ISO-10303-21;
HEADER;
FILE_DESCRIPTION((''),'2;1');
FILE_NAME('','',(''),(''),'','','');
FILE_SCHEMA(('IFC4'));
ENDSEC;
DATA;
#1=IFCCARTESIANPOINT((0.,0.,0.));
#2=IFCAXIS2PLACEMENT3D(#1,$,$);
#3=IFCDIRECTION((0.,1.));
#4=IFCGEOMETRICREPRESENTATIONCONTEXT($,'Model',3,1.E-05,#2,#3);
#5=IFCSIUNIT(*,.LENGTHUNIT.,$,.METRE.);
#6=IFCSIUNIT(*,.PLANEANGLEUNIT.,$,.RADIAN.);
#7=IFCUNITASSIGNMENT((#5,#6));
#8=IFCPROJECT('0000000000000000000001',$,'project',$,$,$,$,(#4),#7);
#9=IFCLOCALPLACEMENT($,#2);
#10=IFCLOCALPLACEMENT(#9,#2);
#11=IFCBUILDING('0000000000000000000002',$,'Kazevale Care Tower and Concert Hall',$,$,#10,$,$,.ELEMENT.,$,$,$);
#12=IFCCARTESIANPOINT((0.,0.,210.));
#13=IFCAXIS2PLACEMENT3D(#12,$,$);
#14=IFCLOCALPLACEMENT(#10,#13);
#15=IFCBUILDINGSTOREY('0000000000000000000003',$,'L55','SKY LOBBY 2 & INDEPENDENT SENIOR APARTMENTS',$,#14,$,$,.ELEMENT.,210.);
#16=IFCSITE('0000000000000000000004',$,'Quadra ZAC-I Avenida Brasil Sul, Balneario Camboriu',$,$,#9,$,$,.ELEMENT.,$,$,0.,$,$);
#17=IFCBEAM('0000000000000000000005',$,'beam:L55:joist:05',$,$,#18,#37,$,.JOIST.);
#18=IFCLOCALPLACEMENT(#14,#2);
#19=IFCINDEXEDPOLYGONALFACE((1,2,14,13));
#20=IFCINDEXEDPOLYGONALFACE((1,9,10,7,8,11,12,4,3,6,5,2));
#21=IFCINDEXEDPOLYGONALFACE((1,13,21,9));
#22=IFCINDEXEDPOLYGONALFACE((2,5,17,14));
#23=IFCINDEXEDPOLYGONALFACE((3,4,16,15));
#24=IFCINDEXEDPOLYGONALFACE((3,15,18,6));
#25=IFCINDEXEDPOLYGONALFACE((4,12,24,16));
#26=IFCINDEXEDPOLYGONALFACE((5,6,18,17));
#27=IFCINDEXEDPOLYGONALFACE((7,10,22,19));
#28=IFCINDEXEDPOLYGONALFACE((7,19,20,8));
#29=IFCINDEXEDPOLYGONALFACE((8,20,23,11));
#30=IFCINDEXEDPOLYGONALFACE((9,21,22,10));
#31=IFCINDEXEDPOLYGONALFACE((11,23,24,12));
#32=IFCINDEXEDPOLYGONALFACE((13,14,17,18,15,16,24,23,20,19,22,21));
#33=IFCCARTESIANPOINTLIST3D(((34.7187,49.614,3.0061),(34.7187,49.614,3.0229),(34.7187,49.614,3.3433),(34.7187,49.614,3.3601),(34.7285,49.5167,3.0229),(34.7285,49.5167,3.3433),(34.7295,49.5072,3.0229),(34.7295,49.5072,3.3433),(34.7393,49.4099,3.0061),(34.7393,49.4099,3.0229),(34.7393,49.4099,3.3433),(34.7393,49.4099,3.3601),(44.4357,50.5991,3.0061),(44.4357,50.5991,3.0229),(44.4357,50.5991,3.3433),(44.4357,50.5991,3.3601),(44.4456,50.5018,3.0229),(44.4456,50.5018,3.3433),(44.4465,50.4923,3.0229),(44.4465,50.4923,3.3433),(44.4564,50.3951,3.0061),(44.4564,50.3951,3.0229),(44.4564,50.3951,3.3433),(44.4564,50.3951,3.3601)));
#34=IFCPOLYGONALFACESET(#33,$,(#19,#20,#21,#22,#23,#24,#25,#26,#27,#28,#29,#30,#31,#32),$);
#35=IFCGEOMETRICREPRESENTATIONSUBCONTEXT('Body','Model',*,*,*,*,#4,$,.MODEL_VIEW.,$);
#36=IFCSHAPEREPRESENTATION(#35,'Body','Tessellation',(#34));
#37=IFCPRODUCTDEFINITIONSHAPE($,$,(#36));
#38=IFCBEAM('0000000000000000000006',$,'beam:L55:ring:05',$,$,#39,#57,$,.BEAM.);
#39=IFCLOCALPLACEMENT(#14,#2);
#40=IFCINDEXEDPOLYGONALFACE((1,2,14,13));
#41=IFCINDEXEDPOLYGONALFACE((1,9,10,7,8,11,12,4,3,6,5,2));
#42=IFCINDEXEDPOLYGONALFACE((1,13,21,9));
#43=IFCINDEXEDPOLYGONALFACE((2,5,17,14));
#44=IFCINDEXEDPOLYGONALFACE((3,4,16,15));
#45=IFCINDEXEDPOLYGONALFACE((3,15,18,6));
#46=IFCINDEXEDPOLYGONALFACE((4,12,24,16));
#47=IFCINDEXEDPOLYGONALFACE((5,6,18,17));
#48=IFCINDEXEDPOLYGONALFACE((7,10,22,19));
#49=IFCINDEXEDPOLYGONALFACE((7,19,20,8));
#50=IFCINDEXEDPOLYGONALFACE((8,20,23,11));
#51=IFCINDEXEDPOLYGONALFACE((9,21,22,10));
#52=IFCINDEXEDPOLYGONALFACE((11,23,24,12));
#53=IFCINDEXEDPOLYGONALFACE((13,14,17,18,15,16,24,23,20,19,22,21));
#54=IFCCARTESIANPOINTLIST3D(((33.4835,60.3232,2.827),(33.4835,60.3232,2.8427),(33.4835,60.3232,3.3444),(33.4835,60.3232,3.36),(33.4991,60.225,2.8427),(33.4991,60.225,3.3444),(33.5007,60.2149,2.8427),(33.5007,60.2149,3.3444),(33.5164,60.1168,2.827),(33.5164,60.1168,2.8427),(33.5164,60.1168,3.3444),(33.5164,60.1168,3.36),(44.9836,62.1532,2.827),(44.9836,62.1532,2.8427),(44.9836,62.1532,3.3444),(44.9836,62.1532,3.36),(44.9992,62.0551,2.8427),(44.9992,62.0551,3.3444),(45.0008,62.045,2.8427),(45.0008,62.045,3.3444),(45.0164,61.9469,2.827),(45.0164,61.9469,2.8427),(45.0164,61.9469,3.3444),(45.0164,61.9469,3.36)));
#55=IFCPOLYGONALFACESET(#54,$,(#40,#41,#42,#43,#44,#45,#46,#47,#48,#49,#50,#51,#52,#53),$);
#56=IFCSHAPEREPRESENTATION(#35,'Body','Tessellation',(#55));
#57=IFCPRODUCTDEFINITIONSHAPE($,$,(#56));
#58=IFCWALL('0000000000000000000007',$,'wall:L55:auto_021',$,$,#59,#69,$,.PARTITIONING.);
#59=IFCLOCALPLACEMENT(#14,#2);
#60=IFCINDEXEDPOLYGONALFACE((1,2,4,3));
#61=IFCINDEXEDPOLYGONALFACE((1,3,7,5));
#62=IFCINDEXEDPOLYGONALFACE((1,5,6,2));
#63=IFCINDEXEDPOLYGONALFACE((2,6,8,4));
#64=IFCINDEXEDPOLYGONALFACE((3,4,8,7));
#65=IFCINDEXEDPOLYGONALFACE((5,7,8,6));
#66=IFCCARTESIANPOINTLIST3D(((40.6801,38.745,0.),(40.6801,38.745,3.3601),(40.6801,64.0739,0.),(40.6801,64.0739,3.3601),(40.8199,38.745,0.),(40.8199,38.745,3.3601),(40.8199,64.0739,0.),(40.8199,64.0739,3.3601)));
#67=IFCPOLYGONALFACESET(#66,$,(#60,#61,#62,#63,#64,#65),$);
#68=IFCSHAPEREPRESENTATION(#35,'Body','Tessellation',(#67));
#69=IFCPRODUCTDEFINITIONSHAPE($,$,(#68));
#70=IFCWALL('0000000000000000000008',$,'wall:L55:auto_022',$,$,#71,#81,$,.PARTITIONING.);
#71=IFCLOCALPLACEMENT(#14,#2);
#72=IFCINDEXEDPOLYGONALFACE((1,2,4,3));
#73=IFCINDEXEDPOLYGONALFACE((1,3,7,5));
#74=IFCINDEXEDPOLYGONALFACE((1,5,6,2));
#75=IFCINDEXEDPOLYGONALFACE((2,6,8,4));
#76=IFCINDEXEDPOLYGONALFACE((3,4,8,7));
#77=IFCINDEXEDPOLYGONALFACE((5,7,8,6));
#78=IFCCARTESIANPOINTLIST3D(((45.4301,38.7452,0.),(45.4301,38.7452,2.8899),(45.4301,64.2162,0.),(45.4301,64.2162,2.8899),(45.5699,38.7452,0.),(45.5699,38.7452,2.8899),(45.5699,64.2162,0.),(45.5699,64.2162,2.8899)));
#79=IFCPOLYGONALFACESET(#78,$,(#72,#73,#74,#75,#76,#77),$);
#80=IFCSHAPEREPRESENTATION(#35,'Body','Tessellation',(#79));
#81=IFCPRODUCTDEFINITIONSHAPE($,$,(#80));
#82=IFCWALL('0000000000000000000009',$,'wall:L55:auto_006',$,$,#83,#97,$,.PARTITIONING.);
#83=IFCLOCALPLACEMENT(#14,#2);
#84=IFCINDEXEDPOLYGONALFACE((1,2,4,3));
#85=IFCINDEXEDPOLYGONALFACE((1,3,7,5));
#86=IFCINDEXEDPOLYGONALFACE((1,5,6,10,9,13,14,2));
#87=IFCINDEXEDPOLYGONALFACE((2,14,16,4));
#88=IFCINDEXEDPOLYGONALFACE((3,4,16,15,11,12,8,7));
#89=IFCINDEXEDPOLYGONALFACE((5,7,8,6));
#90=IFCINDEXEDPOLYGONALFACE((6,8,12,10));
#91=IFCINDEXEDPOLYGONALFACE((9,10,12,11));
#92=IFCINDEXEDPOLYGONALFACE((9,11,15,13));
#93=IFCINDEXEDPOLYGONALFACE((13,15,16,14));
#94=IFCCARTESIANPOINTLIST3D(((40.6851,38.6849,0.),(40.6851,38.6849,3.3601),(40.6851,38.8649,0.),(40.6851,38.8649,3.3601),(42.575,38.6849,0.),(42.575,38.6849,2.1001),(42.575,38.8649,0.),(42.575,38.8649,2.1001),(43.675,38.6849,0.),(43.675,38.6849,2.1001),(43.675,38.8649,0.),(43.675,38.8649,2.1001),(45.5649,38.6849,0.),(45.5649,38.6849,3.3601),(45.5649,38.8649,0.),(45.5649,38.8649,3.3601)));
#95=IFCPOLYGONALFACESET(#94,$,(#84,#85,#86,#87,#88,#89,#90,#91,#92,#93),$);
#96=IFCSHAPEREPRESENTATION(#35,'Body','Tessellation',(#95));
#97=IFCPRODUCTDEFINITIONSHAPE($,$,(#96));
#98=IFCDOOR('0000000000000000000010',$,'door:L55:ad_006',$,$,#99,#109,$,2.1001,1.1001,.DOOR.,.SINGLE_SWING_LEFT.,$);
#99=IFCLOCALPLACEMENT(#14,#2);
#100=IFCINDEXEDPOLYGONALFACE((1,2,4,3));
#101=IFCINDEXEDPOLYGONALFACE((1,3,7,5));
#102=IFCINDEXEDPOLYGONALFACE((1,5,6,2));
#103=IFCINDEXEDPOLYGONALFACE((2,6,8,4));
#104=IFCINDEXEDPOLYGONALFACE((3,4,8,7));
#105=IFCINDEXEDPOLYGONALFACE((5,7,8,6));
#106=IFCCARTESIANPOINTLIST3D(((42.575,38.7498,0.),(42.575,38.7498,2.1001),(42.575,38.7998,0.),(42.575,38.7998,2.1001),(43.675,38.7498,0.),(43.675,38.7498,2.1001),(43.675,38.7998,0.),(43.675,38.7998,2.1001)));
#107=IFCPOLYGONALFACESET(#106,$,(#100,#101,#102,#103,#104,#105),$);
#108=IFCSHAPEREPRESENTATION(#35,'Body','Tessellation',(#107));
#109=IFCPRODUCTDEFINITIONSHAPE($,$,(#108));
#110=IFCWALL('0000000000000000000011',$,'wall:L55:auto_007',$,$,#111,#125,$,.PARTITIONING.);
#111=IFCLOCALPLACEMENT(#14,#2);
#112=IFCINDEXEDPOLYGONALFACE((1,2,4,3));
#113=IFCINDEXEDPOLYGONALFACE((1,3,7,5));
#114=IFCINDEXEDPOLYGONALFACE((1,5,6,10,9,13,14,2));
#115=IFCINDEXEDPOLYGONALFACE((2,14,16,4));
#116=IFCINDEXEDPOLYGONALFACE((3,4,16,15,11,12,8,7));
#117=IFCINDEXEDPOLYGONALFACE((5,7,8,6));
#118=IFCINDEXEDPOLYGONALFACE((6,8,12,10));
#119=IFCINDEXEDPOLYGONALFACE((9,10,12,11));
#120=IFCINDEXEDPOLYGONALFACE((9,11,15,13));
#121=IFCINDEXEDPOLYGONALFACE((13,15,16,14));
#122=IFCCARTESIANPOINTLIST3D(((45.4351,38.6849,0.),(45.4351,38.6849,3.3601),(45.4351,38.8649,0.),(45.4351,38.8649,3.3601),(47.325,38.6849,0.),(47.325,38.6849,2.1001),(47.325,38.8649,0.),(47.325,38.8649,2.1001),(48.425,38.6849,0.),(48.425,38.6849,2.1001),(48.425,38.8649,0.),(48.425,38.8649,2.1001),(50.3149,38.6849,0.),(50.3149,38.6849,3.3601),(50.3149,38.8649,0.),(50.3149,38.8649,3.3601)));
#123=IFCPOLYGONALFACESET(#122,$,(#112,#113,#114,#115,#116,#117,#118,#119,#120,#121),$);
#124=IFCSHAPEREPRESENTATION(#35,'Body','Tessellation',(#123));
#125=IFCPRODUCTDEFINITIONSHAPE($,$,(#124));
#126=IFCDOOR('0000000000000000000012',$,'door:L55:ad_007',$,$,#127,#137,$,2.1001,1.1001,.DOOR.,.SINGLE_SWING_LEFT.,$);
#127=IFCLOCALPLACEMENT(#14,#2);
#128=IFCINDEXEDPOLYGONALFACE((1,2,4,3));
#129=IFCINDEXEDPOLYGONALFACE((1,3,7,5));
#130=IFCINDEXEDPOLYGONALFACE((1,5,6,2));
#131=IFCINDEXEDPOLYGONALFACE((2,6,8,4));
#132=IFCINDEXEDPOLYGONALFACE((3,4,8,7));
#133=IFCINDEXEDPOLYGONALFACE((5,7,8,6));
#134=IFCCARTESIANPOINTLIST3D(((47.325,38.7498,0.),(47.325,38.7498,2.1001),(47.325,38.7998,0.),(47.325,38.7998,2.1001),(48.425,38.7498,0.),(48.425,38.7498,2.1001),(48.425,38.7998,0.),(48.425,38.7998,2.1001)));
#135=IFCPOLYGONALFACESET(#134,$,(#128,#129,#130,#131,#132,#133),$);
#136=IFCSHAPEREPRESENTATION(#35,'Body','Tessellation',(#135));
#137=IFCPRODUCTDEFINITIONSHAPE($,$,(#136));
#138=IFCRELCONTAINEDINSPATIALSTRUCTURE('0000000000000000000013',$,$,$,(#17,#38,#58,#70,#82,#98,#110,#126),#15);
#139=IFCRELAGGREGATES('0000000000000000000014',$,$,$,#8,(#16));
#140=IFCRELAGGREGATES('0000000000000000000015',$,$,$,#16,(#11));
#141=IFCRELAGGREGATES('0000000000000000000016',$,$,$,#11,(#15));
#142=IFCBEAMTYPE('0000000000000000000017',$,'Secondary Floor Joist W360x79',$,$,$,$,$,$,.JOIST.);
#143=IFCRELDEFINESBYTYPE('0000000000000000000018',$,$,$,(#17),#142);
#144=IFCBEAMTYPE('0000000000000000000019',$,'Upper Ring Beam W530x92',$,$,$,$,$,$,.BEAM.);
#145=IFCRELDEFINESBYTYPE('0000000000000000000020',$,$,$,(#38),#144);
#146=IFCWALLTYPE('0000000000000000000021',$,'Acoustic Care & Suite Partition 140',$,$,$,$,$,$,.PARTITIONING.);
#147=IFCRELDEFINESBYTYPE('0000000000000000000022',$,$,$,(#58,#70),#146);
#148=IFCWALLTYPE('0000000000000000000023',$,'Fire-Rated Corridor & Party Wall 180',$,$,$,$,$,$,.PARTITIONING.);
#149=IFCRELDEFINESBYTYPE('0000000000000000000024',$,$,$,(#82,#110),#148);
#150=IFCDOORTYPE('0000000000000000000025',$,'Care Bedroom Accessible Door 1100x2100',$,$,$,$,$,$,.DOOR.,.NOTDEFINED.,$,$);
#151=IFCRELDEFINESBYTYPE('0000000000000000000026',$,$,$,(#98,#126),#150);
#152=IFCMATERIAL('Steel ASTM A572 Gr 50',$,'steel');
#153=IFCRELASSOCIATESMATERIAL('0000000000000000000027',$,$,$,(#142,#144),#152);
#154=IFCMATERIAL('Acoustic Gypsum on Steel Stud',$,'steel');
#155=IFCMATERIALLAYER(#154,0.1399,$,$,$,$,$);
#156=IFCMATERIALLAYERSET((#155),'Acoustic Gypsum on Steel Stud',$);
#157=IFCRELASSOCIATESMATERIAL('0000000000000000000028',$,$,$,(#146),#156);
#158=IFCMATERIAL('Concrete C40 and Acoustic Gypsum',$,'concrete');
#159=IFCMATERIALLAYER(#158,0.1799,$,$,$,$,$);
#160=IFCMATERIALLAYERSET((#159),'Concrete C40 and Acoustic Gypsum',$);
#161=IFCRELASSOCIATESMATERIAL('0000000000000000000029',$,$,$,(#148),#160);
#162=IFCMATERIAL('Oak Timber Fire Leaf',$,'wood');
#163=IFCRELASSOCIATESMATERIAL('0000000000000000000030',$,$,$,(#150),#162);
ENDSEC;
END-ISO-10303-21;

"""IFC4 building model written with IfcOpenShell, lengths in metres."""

from ifc_helpers import new_model, si_unit, direction, frame, frame_2d, origin, origin_2d, place, context, subcontext, project, spatial, rectangle, i_section, extrude, material, layer, layer_set, material_profile, profile_set, type_object, element, fill, save


model = new_model("IFC4")

# Units and contexts
model_context = context("Model", 3, precision=1e-05, world=origin(), true_north=direction((0.0, 1.0)))
body_context = subcontext(model_context, "Body", "Model", "MODEL_VIEW")
ifc_project = project(units=[si_unit("LENGTHUNIT", "METRE"), si_unit("PLANEANGLEUNIT", "RADIAN")], contexts=[model_context])

# Site, building, storey
site_placement = place(None, origin())
site = spatial("IfcSite", under=ifc_project, at=site_placement, Name="Quadra ZAC-I Avenida Brasil Sul, Balneario Camboriu", CompositionType="ELEMENT", RefElevation=0.0)
building_placement = place(site_placement, origin())
building = spatial("IfcBuilding", under=site, at=building_placement, Name="Kazevale Care Tower and Concert Hall", CompositionType="ELEMENT")
storey_placement = place(building_placement, frame((0.0, 0.0, 210.0)))
storey = spatial("IfcBuildingStorey", under=building, at=storey_placement, Name="L55", Description="SKY LOBBY 2 & INDEPENDENT SENIOR APARTMENTS", CompositionType="ELEMENT", Elevation=210.0)

# Beams
ifc_material_1 = material(Name="Steel ASTM A572 Gr 50", Category="steel")
ifc_material_profile_1 = material_profile(ifc_material_1, i_section(OverallWidth=0.2051, OverallDepth=0.354, WebThickness=0.0095, FlangeThickness=0.0168, at=origin_2d()), Name="W360x79")
ifc_profile_set_1 = profile_set([ifc_material_profile_1], Name="Steel ASTM A572 Gr 50")
beam_type_1 = type_object("IfcBeamType", Name="Secondary Floor Joist W360x79", PredefinedType="JOIST", material=ifc_profile_set_1)
beam_1_placement = place(storey_placement, frame((44.446, 50.4971, 3.1831), z_axis=(-0.9949, -0.100862, 0.0), x_axis=(0.100862, -0.9949, 0.0)))
element("IfcBeam", 1, at=beam_1_placement, inside=storey, type_object=beam_type_1, Name="beam:L55:joist:05", PredefinedType="JOIST", context=body_context, shape_type="SweptSolid", body=[
    extrude(i_section(OverallWidth=0.2051, OverallDepth=0.354, WebThickness=0.0095, FlangeThickness=0.0168, at=origin_2d()), origin(), (0.0, 0.0, 1.0), 9.7668),
])
ifc_material_profile_2 = material_profile(ifc_material_1, i_section(OverallWidth=0.209, OverallDepth=0.533, WebThickness=0.0103, FlangeThickness=0.0156, at=origin_2d()), Name="W530x92")
ifc_profile_set_2 = profile_set([ifc_material_profile_2], Name="Steel ASTM A572 Gr 50")
beam_type_2 = type_object("IfcBeamType", Name="Upper Ring Beam W530x92", PredefinedType="BEAM", material=ifc_profile_set_2)
beam_2_placement = place(storey_placement, frame((45.0, 62.05, 3.0935), z_axis=(-0.987573, -0.15716, 0.0), x_axis=(0.15716, -0.987573, 0.0)))
element("IfcBeam", 2, at=beam_2_placement, inside=storey, type_object=beam_type_2, Name="beam:L55:ring:05", PredefinedType="BEAM", context=body_context, shape_type="SweptSolid", body=[
    extrude(i_section(OverallWidth=0.209, OverallDepth=0.533, WebThickness=0.0103, FlangeThickness=0.0156, at=origin_2d()), origin(), (0.0, 0.0, 1.0), 11.6448),
])

# Walls
ifc_material_2 = material(Name="Acoustic Gypsum on Steel Stud", Category="steel")
ifc_layer_1 = layer(ifc_material_2, 0.1399)
ifc_layer_set_1 = layer_set([ifc_layer_1], Name="Acoustic Gypsum on Steel Stud")
wall_type_1 = type_object("IfcWallType", Name="Acoustic Care & Suite Partition 140", PredefinedType="PARTITIONING", material=ifc_layer_set_1)
wall_1_placement = place(storey_placement, frame((40.75, 64.074, 0.0), z_axis=(0.0, 0.0, 1.0), x_axis=(0.0, -1.0, 0.0)))
element("IfcWall", 3, at=wall_1_placement, inside=storey, type_object=wall_type_1, Name="wall:L55:auto_021", PredefinedType="PARTITIONING", context=body_context, shape_type="SweptSolid", body=[
    extrude(rectangle(XDim=25.3289, YDim=0.1399, at=frame_2d((12.6646, 0.0))), origin(), (0.0, 0.0, 1.0), 3.3601),
])
wall_2_placement = place(storey_placement, frame((45.5, 64.2161, 0.0), z_axis=(0.0, 0.0, 1.0), x_axis=(0.0, -1.0, 0.0)))
element("IfcWall", 4, at=wall_2_placement, inside=storey, type_object=wall_type_1, Name="wall:L55:auto_022", PredefinedType="PARTITIONING", context=body_context, shape_type="SweptSolid", body=[
    extrude(rectangle(XDim=25.4709, YDim=0.1399, at=frame_2d((12.7354, 0.0))), origin(), (0.0, 0.0, 1.0), 2.8899),
])

# Walls, openings, doors
ifc_material_3 = material(Name="Concrete C40 and Acoustic Gypsum", Category="concrete")
ifc_layer_2 = layer(ifc_material_3, 0.1799)
ifc_layer_set_2 = layer_set([ifc_layer_2], Name="Concrete C40 and Acoustic Gypsum")
wall_type_2 = type_object("IfcWallType", Name="Fire-Rated Corridor & Party Wall 180", PredefinedType="PARTITIONING", material=ifc_layer_set_2)
wall_3_placement = place(storey_placement, frame((40.6851, 38.7749, 0.0), z_axis=(0.0, 0.0, 1.0), x_axis=(1.0, 0.0, 0.0)))
wall_3 = element("IfcWall", 5, at=wall_3_placement, inside=storey, type_object=wall_type_2, Name="wall:L55:auto_006", PredefinedType="PARTITIONING", context=body_context, shape_type="SweptSolid", body=[
    extrude(rectangle(XDim=4.8799, YDim=0.1799, at=frame_2d((2.4399, 0.0))), origin(), (0.0, 0.0, 1.0), 3.3601),
])
opening_1_placement = place(wall_3_placement, frame((1.8899, 0.0, 0.0)))
opening_1 = element("IfcOpeningElement", 6, at=opening_1_placement, cuts=wall_3, PredefinedType="OPENING", context=body_context, shape_type="SweptSolid", body=[
    extrude(rectangle(XDim=1.1001, YDim=2.1001, at=frame_2d((0.55, 1.05))), frame((0.0, 0.0999, 0.0), z_axis=(0.0, -1.0, 0.0), x_axis=(1.0, 0.0, 0.0)), (0.0, 0.0, 1.0), 0.2),
])
ifc_material_4 = material(Name="Oak Timber Fire Leaf", Category="wood")
door_type = type_object("IfcDoorType", Name="Care Bedroom Accessible Door 1100x2100", OperationType="NOTDEFINED", PredefinedType="DOOR", material=ifc_material_4)
door_1_placement = place(opening_1_placement, origin())
door_1 = element("IfcDoor", 7, at=door_1_placement, inside=storey, type_object=door_type, Name="door:L55:ad_006", OperationType="SINGLE_SWING_LEFT", OverallHeight=2.1001, OverallWidth=1.1001, PredefinedType="DOOR", context=body_context, shape_type="SweptSolid", body=[
    extrude(rectangle(XDim=1.1001, YDim=2.1001, at=frame_2d((0.55, 1.05))), frame((0.0, 0.0249, 0.0), z_axis=(0.0, -1.0, 0.0), x_axis=(1.0, 0.0, 0.0)), (0.0, 0.0, 1.0), 0.05),
])
fill(opening_1, door_1)
wall_4_placement = place(storey_placement, frame((45.4351, 38.7749, 0.0), z_axis=(0.0, 0.0, 1.0), x_axis=(1.0, 0.0, 0.0)))
wall_4 = element("IfcWall", 8, at=wall_4_placement, inside=storey, type_object=wall_type_2, Name="wall:L55:auto_007", PredefinedType="PARTITIONING", context=body_context, shape_type="SweptSolid", body=[
    extrude(rectangle(XDim=4.8799, YDim=0.1799, at=frame_2d((2.4399, 0.0))), origin(), (0.0, 0.0, 1.0), 3.3601),
])
opening_2_placement = place(wall_4_placement, frame((1.8899, 0.0, 0.0)))
opening_2 = element("IfcOpeningElement", 9, at=opening_2_placement, cuts=wall_4, PredefinedType="OPENING", context=body_context, shape_type="SweptSolid", body=[
    extrude(rectangle(XDim=1.1001, YDim=2.1001, at=frame_2d((0.55, 1.05))), frame((0.0, 0.0999, 0.0), z_axis=(0.0, -1.0, 0.0), x_axis=(1.0, 0.0, 0.0)), (0.0, 0.0, 1.0), 0.2),
])
door_2_placement = place(opening_2_placement, origin())
door_2 = element("IfcDoor", 10, at=door_2_placement, inside=storey, type_object=door_type, Name="door:L55:ad_007", OperationType="SINGLE_SWING_LEFT", OverallHeight=2.1001, OverallWidth=1.1001, PredefinedType="DOOR", context=body_context, shape_type="SweptSolid", body=[
    extrude(rectangle(XDim=1.1001, YDim=2.1001, at=frame_2d((0.55, 1.05))), frame((0.0, 0.0249, 0.0), z_axis=(0.0, -1.0, 0.0), x_axis=(1.0, 0.0, 0.0)), (0.0, 0.0, 1.0), 0.05),
])
fill(opening_2, door_2)

save(model, "model.ifc")
